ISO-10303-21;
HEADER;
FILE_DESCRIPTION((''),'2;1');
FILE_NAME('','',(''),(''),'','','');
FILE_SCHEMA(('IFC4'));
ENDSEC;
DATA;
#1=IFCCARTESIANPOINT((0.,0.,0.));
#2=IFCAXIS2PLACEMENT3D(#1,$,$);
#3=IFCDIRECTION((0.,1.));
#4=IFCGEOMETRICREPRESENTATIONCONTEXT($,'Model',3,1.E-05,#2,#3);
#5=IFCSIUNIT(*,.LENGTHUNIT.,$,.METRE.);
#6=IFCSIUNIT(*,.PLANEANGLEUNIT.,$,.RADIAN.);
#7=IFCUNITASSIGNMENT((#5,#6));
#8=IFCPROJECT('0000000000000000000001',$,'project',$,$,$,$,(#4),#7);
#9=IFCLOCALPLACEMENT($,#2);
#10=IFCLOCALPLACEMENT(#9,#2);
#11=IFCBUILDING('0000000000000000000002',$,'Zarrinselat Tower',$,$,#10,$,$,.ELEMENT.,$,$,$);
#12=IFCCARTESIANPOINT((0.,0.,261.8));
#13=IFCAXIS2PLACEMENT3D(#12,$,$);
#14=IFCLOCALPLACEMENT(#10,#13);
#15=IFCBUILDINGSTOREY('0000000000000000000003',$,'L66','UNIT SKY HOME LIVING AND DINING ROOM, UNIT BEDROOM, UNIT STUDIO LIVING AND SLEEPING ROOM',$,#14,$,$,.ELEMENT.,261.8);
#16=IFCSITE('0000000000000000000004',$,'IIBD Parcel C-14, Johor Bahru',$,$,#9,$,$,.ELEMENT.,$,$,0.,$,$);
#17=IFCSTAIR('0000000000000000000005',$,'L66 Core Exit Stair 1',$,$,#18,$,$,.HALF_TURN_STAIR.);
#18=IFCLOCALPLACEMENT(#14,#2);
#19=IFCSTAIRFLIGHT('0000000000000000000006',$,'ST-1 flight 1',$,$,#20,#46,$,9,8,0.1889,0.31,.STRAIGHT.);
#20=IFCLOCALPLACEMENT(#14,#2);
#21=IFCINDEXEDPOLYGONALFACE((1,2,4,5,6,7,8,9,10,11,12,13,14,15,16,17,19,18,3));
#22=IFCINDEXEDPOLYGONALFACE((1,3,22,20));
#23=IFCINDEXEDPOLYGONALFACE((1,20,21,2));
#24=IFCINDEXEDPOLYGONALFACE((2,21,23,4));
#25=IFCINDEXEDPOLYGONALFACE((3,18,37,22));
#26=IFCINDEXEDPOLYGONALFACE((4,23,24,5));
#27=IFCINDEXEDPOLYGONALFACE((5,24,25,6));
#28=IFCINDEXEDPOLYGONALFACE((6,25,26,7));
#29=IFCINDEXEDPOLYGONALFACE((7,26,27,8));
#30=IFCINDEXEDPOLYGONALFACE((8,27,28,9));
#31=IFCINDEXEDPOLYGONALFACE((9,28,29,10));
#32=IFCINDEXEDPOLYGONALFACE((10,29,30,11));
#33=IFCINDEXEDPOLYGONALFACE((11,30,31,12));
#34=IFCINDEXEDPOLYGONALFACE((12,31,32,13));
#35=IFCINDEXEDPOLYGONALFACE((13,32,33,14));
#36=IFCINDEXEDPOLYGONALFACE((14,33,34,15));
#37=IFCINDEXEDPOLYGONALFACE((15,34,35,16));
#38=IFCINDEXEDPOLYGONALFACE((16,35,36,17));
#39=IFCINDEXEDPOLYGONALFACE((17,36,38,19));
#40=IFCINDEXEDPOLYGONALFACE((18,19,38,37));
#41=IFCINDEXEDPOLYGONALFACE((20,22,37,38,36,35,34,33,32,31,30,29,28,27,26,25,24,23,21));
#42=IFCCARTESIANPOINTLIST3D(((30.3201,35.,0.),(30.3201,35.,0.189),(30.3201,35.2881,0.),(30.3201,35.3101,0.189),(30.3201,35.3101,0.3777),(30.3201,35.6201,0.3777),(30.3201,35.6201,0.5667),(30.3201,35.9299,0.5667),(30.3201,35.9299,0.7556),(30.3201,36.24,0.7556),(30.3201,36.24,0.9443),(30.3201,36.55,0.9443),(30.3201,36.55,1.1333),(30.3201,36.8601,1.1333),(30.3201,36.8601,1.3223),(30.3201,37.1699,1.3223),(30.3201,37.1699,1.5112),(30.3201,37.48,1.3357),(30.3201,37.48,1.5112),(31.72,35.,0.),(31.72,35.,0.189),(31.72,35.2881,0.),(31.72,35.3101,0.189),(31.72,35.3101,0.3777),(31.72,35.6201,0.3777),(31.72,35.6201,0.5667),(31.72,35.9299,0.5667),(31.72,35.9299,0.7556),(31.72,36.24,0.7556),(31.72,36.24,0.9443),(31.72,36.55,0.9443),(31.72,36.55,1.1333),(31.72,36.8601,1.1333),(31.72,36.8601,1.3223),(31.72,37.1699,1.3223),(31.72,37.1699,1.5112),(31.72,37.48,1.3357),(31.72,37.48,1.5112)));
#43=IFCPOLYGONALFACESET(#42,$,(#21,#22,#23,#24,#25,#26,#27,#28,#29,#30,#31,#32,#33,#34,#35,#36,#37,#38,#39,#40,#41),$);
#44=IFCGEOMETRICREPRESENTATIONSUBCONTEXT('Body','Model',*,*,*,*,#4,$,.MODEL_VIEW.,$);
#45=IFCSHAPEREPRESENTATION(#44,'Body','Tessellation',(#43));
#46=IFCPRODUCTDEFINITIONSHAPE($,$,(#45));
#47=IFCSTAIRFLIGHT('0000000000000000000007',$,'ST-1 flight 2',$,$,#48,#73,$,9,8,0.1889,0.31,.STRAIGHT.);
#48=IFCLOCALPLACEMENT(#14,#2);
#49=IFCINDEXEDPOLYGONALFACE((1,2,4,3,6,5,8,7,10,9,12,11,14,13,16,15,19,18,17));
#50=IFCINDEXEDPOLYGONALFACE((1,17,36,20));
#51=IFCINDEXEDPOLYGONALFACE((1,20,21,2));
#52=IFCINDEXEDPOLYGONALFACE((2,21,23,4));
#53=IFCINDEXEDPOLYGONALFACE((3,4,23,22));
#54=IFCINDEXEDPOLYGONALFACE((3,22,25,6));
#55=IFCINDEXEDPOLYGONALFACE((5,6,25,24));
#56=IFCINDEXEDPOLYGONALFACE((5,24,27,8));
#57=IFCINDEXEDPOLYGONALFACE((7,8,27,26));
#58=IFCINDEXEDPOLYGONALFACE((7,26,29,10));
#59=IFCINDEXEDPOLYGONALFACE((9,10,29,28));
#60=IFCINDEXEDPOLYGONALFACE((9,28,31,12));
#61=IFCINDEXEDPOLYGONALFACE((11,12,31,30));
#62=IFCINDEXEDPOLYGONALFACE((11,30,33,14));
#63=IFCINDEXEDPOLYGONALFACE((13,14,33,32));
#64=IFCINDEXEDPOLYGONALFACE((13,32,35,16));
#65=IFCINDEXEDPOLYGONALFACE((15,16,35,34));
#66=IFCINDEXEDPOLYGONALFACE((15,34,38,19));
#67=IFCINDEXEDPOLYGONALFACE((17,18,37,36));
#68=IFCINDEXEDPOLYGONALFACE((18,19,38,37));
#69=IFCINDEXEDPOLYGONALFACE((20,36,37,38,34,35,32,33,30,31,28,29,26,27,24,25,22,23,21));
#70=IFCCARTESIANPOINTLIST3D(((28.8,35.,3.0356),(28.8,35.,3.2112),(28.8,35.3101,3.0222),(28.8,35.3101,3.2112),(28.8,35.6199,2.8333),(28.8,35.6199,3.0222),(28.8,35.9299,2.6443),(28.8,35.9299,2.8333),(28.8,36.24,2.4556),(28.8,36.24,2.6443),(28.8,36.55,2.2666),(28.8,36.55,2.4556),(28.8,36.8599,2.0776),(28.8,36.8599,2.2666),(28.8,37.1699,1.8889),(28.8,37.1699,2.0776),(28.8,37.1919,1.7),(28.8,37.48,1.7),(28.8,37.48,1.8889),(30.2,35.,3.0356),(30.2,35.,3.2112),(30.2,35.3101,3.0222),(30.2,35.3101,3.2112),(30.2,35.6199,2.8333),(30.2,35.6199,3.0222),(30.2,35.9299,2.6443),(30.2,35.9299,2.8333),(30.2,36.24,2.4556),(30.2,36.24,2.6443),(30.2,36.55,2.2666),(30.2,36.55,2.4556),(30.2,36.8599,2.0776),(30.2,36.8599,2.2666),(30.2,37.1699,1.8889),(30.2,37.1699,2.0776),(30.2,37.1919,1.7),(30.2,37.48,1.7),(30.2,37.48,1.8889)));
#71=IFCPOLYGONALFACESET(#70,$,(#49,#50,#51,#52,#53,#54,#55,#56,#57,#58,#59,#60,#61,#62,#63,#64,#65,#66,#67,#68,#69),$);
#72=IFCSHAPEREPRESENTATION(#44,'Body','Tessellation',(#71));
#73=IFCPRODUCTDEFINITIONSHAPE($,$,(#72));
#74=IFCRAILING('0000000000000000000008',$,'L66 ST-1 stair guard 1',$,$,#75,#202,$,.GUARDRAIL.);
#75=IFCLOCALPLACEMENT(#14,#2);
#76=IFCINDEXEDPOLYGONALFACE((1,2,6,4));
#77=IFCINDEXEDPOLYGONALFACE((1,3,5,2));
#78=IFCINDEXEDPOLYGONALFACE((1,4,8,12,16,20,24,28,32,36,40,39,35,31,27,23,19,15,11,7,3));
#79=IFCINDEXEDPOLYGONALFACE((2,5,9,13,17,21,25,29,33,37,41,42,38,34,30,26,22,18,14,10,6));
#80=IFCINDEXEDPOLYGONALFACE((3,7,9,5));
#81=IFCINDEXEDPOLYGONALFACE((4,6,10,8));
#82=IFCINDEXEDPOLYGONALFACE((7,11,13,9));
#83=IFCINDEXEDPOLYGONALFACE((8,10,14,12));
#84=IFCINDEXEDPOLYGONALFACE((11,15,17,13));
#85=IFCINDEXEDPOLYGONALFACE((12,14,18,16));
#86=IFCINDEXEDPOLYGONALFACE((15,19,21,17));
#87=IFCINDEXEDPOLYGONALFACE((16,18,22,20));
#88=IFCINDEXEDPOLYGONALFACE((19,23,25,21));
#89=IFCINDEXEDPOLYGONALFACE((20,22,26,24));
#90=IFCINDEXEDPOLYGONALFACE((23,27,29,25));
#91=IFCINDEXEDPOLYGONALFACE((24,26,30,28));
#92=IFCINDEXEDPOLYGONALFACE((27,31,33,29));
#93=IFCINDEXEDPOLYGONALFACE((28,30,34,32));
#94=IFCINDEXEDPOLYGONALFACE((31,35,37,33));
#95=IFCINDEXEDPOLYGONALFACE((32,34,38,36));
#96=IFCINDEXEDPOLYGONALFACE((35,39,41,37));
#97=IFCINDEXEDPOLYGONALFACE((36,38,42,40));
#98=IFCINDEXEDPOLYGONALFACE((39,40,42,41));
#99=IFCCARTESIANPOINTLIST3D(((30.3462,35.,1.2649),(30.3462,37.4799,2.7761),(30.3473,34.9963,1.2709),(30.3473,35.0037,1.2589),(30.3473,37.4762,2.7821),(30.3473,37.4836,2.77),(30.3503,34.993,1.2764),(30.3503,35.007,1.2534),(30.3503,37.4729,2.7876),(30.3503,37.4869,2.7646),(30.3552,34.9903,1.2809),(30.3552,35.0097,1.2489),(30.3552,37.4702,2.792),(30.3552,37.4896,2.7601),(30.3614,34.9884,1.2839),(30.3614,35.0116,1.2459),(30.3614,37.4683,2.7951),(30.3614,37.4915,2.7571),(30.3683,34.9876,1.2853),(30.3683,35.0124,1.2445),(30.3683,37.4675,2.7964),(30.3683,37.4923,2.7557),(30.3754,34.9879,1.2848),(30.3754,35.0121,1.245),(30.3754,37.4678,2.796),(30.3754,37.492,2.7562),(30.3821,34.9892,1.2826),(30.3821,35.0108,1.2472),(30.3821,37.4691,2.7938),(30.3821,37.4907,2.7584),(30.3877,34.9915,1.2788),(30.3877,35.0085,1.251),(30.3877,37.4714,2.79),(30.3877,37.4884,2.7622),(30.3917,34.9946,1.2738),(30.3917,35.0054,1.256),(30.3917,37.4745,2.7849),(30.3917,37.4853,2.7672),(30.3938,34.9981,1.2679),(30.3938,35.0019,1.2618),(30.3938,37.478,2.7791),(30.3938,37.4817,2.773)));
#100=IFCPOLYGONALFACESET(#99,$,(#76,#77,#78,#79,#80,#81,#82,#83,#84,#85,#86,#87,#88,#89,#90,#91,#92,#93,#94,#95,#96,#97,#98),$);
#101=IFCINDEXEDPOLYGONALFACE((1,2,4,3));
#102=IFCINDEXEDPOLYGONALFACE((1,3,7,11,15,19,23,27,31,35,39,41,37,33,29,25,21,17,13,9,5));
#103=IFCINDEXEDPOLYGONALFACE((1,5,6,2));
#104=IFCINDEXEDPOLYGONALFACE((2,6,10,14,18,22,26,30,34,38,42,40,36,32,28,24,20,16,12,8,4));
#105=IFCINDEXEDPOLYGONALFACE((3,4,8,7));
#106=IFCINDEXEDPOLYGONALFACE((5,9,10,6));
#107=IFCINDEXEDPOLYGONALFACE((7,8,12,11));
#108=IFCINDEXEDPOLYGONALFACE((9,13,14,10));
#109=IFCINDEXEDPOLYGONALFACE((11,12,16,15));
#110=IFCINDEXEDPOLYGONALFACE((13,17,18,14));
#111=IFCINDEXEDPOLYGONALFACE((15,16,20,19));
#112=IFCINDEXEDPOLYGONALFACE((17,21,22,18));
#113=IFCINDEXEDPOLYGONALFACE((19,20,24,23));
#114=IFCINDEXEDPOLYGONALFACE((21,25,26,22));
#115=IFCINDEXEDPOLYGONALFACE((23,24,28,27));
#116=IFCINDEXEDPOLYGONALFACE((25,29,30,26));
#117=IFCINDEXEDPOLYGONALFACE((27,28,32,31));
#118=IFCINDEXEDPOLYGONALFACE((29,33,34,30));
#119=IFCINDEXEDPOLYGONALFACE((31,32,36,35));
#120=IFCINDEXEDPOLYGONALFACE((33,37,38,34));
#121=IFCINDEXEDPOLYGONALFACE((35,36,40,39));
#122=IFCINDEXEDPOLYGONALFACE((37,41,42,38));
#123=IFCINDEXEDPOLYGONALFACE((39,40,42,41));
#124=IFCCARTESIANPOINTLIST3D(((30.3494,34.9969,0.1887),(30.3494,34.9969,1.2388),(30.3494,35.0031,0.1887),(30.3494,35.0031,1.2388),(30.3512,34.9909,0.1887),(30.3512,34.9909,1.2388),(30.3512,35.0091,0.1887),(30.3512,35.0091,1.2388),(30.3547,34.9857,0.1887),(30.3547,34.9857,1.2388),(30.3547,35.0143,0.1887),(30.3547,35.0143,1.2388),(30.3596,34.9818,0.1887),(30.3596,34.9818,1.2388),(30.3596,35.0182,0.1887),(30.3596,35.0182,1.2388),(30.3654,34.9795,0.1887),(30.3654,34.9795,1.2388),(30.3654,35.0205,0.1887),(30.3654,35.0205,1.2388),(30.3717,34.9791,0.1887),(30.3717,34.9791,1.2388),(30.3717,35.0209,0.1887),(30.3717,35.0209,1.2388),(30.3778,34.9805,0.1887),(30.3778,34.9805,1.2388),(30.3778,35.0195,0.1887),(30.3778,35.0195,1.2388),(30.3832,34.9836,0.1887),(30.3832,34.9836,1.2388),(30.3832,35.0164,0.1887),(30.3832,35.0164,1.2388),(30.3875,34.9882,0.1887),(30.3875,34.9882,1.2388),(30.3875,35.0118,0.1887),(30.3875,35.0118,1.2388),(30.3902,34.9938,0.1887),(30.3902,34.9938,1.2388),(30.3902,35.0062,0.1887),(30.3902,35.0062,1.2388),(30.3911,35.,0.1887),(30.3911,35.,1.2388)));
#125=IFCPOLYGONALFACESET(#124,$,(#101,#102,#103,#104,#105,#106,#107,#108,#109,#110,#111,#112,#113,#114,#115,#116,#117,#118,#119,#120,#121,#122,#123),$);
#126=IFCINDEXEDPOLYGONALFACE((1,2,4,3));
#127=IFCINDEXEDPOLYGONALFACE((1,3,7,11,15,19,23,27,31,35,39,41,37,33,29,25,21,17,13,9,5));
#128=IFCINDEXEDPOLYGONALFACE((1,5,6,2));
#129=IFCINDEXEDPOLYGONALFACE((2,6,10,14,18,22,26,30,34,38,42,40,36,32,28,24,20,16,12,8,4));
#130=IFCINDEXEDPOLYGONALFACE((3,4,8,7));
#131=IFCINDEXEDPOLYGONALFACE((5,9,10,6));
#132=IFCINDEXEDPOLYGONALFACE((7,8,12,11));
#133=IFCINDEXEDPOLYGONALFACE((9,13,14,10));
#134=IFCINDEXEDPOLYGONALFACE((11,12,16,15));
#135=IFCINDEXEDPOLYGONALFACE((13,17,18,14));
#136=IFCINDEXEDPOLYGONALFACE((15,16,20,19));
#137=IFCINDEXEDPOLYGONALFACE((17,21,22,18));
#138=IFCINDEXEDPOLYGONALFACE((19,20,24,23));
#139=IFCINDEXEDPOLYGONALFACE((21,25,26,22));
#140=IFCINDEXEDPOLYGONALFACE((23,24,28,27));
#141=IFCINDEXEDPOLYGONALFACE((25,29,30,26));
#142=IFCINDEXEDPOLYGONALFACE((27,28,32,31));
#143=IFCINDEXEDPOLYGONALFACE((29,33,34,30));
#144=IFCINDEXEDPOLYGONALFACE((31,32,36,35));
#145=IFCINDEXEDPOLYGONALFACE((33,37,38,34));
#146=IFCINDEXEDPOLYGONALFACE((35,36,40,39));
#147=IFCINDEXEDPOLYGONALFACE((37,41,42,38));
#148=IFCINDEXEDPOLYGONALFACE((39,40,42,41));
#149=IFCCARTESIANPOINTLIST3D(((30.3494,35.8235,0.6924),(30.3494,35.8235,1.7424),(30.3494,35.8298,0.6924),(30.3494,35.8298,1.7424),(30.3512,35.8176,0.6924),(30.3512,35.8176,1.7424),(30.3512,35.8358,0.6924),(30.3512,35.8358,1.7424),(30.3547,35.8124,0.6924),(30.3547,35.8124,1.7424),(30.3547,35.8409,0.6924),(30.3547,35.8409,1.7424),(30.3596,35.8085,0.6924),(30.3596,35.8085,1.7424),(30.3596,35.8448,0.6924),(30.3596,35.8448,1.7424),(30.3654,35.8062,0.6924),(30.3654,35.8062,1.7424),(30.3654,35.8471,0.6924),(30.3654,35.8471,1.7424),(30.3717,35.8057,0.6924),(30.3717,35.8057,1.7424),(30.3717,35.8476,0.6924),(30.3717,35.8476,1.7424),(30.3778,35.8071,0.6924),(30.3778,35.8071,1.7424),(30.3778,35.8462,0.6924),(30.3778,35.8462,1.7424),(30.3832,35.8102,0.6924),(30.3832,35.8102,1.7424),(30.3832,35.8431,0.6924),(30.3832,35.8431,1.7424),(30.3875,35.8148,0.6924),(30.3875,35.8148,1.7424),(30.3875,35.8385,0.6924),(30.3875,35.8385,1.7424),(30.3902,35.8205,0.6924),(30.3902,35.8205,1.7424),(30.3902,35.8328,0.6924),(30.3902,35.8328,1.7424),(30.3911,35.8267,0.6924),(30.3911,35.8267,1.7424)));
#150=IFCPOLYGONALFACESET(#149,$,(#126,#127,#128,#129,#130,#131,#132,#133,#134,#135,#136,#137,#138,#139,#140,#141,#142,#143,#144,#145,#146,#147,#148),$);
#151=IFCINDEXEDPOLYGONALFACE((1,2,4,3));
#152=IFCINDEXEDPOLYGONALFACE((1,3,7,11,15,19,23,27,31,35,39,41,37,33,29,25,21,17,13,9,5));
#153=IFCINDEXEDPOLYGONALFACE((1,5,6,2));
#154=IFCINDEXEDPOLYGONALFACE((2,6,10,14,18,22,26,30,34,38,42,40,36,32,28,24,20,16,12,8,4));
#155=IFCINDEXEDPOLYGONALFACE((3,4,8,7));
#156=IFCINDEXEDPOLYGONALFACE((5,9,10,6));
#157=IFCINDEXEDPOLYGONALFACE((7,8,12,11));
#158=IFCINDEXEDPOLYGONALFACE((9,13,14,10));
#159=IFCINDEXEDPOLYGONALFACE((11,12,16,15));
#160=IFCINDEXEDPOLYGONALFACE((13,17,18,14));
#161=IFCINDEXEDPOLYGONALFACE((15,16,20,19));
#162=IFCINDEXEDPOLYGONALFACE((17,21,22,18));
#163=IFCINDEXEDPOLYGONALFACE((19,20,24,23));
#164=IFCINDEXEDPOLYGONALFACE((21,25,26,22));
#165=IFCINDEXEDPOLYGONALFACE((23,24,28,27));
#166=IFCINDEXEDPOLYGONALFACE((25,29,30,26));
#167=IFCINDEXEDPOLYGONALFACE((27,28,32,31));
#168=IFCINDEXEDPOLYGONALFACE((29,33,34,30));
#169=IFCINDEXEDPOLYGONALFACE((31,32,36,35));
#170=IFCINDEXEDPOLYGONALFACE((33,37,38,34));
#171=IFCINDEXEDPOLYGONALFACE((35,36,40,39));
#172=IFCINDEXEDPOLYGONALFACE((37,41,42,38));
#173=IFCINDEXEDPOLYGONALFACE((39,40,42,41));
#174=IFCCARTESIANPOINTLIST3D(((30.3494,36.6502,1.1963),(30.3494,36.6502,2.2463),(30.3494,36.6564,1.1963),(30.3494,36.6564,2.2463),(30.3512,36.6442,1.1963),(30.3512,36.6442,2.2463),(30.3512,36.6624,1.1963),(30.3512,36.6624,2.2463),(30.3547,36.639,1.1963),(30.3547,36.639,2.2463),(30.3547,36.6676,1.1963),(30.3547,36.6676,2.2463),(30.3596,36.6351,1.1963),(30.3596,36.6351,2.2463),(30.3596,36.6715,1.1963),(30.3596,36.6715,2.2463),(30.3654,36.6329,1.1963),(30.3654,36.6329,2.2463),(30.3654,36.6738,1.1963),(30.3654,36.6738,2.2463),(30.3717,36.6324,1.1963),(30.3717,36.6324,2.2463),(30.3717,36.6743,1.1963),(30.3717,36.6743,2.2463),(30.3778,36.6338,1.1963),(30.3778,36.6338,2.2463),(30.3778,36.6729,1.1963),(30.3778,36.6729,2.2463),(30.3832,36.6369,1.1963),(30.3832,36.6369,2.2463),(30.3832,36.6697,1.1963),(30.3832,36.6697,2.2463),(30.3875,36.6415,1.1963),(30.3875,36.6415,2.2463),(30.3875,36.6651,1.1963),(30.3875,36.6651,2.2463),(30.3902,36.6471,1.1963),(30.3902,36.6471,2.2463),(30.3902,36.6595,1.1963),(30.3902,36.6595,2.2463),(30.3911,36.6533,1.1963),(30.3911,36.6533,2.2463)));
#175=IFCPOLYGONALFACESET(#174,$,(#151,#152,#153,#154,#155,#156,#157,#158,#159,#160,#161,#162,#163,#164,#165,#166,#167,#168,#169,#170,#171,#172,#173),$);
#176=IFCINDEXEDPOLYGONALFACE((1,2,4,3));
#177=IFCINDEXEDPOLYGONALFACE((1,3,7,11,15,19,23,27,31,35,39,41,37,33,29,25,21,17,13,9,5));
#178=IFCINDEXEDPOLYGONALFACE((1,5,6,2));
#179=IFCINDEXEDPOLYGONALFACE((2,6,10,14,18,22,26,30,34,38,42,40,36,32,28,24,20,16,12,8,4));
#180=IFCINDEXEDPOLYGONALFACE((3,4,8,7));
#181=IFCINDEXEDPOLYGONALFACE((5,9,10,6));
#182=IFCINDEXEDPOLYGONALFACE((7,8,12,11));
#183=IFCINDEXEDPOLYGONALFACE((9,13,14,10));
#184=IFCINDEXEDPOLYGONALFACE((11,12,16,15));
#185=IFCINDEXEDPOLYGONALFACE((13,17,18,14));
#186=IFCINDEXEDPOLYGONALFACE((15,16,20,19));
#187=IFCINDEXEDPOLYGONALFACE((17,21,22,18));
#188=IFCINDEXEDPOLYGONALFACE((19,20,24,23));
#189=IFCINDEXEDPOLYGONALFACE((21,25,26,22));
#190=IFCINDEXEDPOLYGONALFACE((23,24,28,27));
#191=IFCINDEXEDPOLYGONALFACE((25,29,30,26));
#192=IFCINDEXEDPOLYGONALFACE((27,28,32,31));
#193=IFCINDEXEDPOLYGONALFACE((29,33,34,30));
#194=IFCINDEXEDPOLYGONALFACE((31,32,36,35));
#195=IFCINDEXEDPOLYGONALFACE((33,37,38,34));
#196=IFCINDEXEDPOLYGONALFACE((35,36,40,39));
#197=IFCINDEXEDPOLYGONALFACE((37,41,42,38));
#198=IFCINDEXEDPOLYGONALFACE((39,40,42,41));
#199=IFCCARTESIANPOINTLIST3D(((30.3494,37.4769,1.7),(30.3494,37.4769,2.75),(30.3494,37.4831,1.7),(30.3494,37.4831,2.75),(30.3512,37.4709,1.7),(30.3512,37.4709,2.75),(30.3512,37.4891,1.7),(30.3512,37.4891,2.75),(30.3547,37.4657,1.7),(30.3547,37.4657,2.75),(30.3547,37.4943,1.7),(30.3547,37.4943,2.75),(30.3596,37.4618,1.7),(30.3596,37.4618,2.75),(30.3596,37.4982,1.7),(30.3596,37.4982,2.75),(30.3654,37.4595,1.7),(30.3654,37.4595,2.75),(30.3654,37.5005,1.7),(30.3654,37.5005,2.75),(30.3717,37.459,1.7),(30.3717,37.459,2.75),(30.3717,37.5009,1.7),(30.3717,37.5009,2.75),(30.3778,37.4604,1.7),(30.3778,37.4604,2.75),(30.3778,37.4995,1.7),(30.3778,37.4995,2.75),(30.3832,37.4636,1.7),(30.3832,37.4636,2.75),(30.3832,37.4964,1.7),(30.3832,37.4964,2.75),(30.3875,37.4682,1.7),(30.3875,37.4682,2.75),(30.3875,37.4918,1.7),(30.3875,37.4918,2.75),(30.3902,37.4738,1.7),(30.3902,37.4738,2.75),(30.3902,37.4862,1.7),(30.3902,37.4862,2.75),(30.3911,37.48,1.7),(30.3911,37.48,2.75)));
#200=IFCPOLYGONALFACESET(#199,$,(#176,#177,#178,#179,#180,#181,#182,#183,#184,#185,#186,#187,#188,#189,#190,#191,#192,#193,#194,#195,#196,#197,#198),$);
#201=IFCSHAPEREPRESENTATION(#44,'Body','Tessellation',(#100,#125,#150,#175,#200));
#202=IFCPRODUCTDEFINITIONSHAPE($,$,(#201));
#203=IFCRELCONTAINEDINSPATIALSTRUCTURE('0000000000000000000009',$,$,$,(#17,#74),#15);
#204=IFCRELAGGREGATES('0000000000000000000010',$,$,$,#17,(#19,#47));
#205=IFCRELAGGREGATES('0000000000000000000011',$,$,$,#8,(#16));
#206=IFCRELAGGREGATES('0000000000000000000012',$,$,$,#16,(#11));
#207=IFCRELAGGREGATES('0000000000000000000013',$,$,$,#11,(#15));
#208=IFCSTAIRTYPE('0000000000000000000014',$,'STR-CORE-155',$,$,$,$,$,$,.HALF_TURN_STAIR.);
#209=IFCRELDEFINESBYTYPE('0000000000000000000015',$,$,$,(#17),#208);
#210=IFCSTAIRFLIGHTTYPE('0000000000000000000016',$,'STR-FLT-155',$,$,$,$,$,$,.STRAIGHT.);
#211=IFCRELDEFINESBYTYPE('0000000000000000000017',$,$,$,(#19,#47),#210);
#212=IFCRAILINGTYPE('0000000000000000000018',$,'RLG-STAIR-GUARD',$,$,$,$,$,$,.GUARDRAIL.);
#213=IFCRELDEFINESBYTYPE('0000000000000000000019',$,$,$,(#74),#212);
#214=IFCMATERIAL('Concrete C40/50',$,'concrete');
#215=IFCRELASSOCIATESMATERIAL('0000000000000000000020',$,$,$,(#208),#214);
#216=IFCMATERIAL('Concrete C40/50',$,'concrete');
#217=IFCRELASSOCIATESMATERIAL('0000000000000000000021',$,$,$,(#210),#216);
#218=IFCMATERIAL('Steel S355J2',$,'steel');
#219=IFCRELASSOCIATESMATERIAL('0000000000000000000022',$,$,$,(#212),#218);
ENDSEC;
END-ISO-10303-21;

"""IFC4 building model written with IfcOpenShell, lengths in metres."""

from ifc_helpers import new_model, si_unit, direction, frame, origin, origin_2d, place, context, subcontext, project, spatial, polyline, circle, outline, extrude, material, type_object, element, aggregate, save


model = new_model("IFC4")

# Units and contexts
model_context = context("Model", 3, precision=1e-05, world=origin(), true_north=direction((0.0, 1.0)))
body_context = subcontext(model_context, "Body", "Model", "MODEL_VIEW")
ifc_project = project(units=[si_unit("LENGTHUNIT", "METRE"), si_unit("PLANEANGLEUNIT", "RADIAN")], contexts=[model_context])

# Site, building, storey
site_placement = place(None, origin())
site = spatial("IfcSite", under=ifc_project, at=site_placement, Name="IIBD Parcel C-14, Johor Bahru", CompositionType="ELEMENT", RefElevation=0.0)
building_placement = place(site_placement, origin())
building = spatial("IfcBuilding", under=site, at=building_placement, Name="Zarrinselat Tower", CompositionType="ELEMENT")
storey_placement = place(building_placement, frame((0.0, 0.0, 261.8)))
storey = spatial("IfcBuildingStorey", under=building, at=storey_placement, Name="L66", Description="UNIT SKY HOME LIVING AND DINING ROOM, UNIT BEDROOM, UNIT STUDIO LIVING AND SLEEPING ROOM", CompositionType="ELEMENT", Elevation=261.8)

# Stair, stair flights
ifc_material_1 = material(Name="Concrete C40/50", Category="concrete")
stair_type = type_object("IfcStairType", Name="STR-CORE-155", PredefinedType="HALF_TURN_STAIR", material=ifc_material_1)
stair_placement = place(storey_placement, origin())
stair = element("IfcStair", 1, at=stair_placement, inside=storey, type_object=stair_type, Name="L66 Core Exit Stair 1", PredefinedType="HALF_TURN_STAIR")
ifc_material_2 = material(Name="Concrete C40/50", Category="concrete")
stair_flight_type = type_object("IfcStairFlightType", Name="STR-FLT-155", PredefinedType="STRAIGHT", material=ifc_material_2)
stair_flight_1_placement = place(storey_placement, frame((31.02, 35.0, 0.0), z_axis=(0.0, 0.0, 1.0), x_axis=(0.0, 1.0, 0.0)))
stair_flight_1 = element("IfcStairFlight", 2, at=stair_flight_1_placement, type_object=stair_flight_type, Name="ST-1 flight 1", NumberOfRisers=9, NumberOfTreads=8, PredefinedType="STRAIGHT", RiserHeight=0.1889, TreadLength=0.31, context=body_context, shape_type="SweptSolid", body=[
    extrude(outline(polyline([(0.0, 0.0), (0.0, 0.189), (0.3101, 0.189), (0.3101, 0.3777), (0.6201, 0.3777), (0.6201, 0.5667), (0.9299, 0.5667), (0.9299, 0.7556), (1.24, 0.7556), (1.24, 0.9443), (1.55, 0.9443), (1.55, 1.1333), (1.8601, 1.1333), (1.8601, 1.3223), (2.1699, 1.3223), (2.1699, 1.5112), (2.48, 1.5112), (2.48, 1.7), (2.48, 1.3357), (0.2881, 0.0), (0.0, 0.0)])), frame((0.0, 0.7, 0.0), z_axis=(0.0, -1.0, 0.0), x_axis=(1.0, 0.0, 0.0)), (0.0, 0.0, 1.0), 1.3999),
])
stair_flight_2_placement = place(storey_placement, frame((29.5, 37.48, 1.7), z_axis=(0.0, 0.0, 1.0), x_axis=(0.0, -1.0, 0.0)))
stair_flight_2 = element("IfcStairFlight", 3, at=stair_flight_2_placement, type_object=stair_flight_type, Name="ST-1 flight 2", NumberOfRisers=9, NumberOfTreads=8, PredefinedType="STRAIGHT", RiserHeight=0.1889, TreadLength=0.31, context=body_context, shape_type="SweptSolid", body=[
    extrude(outline(polyline([(0.0, 0.0), (0.0, 0.189), (0.3101, 0.189), (0.3101, 0.3777), (0.6201, 0.3777), (0.6201, 0.5667), (0.9299, 0.5667), (0.9299, 0.7556), (1.24, 0.7556), (1.24, 0.9443), (1.55, 0.9443), (1.55, 1.1333), (1.8601, 1.1333), (1.8601, 1.3223), (2.1699, 1.3223), (2.1699, 1.5112), (2.48, 1.5112), (2.48, 1.7), (2.48, 1.3357), (0.2881, 0.0), (0.0, 0.0)])), frame((0.0, 0.7, 0.0), z_axis=(0.0, -1.0, 0.0), x_axis=(1.0, 0.0, 0.0)), (0.0, 0.0, 1.0), 1.3999),
])
aggregate(stair, [stair_flight_1, stair_flight_2])

# Railing
ifc_material_3 = material(Name="Steel S355J2", Category="steel")
railing_type_1 = type_object("IfcRailingType", Name="RLG-STAIR-GUARD", PredefinedType="GUARDRAIL", material=ifc_material_3)
railing_1_placement = place(storey_placement, frame((30.3701, 35.0, 0.1887)))
element("IfcRailing", 4, at=railing_1_placement, inside=storey, type_object=railing_type_1, Name="L66 ST-1 stair guard 1", PredefinedType="GUARDRAIL", context=body_context, shape_type="SweptSolid", body=[
    extrude(circle(Radius=0.0239, at=origin_2d()), frame((0.0, 0.0, 1.0762), z_axis=(0.0, 0.853942, 0.520368), x_axis=(-1.0, 0.0, 0.0)), (0.0, 0.0, 1.0), 2.9041),
    extrude(circle(Radius=0.021, at=origin_2d()), origin(), (0.0, 0.0, 1.0), 1.05),
    extrude(circle(Radius=0.021, at=origin_2d()), frame((0.0, 0.8267, 0.5037)), (0.0, 0.0, 1.0), 1.05),
    extrude(circle(Radius=0.021, at=origin_2d()), frame((0.0, 1.6533, 1.0076)), (0.0, 0.0, 1.0), 1.05),
    extrude(circle(Radius=0.021, at=origin_2d()), frame((0.0, 2.48, 1.5112)), (0.0, 0.0, 1.0), 1.05),
])

save(model, "model.ifc")
